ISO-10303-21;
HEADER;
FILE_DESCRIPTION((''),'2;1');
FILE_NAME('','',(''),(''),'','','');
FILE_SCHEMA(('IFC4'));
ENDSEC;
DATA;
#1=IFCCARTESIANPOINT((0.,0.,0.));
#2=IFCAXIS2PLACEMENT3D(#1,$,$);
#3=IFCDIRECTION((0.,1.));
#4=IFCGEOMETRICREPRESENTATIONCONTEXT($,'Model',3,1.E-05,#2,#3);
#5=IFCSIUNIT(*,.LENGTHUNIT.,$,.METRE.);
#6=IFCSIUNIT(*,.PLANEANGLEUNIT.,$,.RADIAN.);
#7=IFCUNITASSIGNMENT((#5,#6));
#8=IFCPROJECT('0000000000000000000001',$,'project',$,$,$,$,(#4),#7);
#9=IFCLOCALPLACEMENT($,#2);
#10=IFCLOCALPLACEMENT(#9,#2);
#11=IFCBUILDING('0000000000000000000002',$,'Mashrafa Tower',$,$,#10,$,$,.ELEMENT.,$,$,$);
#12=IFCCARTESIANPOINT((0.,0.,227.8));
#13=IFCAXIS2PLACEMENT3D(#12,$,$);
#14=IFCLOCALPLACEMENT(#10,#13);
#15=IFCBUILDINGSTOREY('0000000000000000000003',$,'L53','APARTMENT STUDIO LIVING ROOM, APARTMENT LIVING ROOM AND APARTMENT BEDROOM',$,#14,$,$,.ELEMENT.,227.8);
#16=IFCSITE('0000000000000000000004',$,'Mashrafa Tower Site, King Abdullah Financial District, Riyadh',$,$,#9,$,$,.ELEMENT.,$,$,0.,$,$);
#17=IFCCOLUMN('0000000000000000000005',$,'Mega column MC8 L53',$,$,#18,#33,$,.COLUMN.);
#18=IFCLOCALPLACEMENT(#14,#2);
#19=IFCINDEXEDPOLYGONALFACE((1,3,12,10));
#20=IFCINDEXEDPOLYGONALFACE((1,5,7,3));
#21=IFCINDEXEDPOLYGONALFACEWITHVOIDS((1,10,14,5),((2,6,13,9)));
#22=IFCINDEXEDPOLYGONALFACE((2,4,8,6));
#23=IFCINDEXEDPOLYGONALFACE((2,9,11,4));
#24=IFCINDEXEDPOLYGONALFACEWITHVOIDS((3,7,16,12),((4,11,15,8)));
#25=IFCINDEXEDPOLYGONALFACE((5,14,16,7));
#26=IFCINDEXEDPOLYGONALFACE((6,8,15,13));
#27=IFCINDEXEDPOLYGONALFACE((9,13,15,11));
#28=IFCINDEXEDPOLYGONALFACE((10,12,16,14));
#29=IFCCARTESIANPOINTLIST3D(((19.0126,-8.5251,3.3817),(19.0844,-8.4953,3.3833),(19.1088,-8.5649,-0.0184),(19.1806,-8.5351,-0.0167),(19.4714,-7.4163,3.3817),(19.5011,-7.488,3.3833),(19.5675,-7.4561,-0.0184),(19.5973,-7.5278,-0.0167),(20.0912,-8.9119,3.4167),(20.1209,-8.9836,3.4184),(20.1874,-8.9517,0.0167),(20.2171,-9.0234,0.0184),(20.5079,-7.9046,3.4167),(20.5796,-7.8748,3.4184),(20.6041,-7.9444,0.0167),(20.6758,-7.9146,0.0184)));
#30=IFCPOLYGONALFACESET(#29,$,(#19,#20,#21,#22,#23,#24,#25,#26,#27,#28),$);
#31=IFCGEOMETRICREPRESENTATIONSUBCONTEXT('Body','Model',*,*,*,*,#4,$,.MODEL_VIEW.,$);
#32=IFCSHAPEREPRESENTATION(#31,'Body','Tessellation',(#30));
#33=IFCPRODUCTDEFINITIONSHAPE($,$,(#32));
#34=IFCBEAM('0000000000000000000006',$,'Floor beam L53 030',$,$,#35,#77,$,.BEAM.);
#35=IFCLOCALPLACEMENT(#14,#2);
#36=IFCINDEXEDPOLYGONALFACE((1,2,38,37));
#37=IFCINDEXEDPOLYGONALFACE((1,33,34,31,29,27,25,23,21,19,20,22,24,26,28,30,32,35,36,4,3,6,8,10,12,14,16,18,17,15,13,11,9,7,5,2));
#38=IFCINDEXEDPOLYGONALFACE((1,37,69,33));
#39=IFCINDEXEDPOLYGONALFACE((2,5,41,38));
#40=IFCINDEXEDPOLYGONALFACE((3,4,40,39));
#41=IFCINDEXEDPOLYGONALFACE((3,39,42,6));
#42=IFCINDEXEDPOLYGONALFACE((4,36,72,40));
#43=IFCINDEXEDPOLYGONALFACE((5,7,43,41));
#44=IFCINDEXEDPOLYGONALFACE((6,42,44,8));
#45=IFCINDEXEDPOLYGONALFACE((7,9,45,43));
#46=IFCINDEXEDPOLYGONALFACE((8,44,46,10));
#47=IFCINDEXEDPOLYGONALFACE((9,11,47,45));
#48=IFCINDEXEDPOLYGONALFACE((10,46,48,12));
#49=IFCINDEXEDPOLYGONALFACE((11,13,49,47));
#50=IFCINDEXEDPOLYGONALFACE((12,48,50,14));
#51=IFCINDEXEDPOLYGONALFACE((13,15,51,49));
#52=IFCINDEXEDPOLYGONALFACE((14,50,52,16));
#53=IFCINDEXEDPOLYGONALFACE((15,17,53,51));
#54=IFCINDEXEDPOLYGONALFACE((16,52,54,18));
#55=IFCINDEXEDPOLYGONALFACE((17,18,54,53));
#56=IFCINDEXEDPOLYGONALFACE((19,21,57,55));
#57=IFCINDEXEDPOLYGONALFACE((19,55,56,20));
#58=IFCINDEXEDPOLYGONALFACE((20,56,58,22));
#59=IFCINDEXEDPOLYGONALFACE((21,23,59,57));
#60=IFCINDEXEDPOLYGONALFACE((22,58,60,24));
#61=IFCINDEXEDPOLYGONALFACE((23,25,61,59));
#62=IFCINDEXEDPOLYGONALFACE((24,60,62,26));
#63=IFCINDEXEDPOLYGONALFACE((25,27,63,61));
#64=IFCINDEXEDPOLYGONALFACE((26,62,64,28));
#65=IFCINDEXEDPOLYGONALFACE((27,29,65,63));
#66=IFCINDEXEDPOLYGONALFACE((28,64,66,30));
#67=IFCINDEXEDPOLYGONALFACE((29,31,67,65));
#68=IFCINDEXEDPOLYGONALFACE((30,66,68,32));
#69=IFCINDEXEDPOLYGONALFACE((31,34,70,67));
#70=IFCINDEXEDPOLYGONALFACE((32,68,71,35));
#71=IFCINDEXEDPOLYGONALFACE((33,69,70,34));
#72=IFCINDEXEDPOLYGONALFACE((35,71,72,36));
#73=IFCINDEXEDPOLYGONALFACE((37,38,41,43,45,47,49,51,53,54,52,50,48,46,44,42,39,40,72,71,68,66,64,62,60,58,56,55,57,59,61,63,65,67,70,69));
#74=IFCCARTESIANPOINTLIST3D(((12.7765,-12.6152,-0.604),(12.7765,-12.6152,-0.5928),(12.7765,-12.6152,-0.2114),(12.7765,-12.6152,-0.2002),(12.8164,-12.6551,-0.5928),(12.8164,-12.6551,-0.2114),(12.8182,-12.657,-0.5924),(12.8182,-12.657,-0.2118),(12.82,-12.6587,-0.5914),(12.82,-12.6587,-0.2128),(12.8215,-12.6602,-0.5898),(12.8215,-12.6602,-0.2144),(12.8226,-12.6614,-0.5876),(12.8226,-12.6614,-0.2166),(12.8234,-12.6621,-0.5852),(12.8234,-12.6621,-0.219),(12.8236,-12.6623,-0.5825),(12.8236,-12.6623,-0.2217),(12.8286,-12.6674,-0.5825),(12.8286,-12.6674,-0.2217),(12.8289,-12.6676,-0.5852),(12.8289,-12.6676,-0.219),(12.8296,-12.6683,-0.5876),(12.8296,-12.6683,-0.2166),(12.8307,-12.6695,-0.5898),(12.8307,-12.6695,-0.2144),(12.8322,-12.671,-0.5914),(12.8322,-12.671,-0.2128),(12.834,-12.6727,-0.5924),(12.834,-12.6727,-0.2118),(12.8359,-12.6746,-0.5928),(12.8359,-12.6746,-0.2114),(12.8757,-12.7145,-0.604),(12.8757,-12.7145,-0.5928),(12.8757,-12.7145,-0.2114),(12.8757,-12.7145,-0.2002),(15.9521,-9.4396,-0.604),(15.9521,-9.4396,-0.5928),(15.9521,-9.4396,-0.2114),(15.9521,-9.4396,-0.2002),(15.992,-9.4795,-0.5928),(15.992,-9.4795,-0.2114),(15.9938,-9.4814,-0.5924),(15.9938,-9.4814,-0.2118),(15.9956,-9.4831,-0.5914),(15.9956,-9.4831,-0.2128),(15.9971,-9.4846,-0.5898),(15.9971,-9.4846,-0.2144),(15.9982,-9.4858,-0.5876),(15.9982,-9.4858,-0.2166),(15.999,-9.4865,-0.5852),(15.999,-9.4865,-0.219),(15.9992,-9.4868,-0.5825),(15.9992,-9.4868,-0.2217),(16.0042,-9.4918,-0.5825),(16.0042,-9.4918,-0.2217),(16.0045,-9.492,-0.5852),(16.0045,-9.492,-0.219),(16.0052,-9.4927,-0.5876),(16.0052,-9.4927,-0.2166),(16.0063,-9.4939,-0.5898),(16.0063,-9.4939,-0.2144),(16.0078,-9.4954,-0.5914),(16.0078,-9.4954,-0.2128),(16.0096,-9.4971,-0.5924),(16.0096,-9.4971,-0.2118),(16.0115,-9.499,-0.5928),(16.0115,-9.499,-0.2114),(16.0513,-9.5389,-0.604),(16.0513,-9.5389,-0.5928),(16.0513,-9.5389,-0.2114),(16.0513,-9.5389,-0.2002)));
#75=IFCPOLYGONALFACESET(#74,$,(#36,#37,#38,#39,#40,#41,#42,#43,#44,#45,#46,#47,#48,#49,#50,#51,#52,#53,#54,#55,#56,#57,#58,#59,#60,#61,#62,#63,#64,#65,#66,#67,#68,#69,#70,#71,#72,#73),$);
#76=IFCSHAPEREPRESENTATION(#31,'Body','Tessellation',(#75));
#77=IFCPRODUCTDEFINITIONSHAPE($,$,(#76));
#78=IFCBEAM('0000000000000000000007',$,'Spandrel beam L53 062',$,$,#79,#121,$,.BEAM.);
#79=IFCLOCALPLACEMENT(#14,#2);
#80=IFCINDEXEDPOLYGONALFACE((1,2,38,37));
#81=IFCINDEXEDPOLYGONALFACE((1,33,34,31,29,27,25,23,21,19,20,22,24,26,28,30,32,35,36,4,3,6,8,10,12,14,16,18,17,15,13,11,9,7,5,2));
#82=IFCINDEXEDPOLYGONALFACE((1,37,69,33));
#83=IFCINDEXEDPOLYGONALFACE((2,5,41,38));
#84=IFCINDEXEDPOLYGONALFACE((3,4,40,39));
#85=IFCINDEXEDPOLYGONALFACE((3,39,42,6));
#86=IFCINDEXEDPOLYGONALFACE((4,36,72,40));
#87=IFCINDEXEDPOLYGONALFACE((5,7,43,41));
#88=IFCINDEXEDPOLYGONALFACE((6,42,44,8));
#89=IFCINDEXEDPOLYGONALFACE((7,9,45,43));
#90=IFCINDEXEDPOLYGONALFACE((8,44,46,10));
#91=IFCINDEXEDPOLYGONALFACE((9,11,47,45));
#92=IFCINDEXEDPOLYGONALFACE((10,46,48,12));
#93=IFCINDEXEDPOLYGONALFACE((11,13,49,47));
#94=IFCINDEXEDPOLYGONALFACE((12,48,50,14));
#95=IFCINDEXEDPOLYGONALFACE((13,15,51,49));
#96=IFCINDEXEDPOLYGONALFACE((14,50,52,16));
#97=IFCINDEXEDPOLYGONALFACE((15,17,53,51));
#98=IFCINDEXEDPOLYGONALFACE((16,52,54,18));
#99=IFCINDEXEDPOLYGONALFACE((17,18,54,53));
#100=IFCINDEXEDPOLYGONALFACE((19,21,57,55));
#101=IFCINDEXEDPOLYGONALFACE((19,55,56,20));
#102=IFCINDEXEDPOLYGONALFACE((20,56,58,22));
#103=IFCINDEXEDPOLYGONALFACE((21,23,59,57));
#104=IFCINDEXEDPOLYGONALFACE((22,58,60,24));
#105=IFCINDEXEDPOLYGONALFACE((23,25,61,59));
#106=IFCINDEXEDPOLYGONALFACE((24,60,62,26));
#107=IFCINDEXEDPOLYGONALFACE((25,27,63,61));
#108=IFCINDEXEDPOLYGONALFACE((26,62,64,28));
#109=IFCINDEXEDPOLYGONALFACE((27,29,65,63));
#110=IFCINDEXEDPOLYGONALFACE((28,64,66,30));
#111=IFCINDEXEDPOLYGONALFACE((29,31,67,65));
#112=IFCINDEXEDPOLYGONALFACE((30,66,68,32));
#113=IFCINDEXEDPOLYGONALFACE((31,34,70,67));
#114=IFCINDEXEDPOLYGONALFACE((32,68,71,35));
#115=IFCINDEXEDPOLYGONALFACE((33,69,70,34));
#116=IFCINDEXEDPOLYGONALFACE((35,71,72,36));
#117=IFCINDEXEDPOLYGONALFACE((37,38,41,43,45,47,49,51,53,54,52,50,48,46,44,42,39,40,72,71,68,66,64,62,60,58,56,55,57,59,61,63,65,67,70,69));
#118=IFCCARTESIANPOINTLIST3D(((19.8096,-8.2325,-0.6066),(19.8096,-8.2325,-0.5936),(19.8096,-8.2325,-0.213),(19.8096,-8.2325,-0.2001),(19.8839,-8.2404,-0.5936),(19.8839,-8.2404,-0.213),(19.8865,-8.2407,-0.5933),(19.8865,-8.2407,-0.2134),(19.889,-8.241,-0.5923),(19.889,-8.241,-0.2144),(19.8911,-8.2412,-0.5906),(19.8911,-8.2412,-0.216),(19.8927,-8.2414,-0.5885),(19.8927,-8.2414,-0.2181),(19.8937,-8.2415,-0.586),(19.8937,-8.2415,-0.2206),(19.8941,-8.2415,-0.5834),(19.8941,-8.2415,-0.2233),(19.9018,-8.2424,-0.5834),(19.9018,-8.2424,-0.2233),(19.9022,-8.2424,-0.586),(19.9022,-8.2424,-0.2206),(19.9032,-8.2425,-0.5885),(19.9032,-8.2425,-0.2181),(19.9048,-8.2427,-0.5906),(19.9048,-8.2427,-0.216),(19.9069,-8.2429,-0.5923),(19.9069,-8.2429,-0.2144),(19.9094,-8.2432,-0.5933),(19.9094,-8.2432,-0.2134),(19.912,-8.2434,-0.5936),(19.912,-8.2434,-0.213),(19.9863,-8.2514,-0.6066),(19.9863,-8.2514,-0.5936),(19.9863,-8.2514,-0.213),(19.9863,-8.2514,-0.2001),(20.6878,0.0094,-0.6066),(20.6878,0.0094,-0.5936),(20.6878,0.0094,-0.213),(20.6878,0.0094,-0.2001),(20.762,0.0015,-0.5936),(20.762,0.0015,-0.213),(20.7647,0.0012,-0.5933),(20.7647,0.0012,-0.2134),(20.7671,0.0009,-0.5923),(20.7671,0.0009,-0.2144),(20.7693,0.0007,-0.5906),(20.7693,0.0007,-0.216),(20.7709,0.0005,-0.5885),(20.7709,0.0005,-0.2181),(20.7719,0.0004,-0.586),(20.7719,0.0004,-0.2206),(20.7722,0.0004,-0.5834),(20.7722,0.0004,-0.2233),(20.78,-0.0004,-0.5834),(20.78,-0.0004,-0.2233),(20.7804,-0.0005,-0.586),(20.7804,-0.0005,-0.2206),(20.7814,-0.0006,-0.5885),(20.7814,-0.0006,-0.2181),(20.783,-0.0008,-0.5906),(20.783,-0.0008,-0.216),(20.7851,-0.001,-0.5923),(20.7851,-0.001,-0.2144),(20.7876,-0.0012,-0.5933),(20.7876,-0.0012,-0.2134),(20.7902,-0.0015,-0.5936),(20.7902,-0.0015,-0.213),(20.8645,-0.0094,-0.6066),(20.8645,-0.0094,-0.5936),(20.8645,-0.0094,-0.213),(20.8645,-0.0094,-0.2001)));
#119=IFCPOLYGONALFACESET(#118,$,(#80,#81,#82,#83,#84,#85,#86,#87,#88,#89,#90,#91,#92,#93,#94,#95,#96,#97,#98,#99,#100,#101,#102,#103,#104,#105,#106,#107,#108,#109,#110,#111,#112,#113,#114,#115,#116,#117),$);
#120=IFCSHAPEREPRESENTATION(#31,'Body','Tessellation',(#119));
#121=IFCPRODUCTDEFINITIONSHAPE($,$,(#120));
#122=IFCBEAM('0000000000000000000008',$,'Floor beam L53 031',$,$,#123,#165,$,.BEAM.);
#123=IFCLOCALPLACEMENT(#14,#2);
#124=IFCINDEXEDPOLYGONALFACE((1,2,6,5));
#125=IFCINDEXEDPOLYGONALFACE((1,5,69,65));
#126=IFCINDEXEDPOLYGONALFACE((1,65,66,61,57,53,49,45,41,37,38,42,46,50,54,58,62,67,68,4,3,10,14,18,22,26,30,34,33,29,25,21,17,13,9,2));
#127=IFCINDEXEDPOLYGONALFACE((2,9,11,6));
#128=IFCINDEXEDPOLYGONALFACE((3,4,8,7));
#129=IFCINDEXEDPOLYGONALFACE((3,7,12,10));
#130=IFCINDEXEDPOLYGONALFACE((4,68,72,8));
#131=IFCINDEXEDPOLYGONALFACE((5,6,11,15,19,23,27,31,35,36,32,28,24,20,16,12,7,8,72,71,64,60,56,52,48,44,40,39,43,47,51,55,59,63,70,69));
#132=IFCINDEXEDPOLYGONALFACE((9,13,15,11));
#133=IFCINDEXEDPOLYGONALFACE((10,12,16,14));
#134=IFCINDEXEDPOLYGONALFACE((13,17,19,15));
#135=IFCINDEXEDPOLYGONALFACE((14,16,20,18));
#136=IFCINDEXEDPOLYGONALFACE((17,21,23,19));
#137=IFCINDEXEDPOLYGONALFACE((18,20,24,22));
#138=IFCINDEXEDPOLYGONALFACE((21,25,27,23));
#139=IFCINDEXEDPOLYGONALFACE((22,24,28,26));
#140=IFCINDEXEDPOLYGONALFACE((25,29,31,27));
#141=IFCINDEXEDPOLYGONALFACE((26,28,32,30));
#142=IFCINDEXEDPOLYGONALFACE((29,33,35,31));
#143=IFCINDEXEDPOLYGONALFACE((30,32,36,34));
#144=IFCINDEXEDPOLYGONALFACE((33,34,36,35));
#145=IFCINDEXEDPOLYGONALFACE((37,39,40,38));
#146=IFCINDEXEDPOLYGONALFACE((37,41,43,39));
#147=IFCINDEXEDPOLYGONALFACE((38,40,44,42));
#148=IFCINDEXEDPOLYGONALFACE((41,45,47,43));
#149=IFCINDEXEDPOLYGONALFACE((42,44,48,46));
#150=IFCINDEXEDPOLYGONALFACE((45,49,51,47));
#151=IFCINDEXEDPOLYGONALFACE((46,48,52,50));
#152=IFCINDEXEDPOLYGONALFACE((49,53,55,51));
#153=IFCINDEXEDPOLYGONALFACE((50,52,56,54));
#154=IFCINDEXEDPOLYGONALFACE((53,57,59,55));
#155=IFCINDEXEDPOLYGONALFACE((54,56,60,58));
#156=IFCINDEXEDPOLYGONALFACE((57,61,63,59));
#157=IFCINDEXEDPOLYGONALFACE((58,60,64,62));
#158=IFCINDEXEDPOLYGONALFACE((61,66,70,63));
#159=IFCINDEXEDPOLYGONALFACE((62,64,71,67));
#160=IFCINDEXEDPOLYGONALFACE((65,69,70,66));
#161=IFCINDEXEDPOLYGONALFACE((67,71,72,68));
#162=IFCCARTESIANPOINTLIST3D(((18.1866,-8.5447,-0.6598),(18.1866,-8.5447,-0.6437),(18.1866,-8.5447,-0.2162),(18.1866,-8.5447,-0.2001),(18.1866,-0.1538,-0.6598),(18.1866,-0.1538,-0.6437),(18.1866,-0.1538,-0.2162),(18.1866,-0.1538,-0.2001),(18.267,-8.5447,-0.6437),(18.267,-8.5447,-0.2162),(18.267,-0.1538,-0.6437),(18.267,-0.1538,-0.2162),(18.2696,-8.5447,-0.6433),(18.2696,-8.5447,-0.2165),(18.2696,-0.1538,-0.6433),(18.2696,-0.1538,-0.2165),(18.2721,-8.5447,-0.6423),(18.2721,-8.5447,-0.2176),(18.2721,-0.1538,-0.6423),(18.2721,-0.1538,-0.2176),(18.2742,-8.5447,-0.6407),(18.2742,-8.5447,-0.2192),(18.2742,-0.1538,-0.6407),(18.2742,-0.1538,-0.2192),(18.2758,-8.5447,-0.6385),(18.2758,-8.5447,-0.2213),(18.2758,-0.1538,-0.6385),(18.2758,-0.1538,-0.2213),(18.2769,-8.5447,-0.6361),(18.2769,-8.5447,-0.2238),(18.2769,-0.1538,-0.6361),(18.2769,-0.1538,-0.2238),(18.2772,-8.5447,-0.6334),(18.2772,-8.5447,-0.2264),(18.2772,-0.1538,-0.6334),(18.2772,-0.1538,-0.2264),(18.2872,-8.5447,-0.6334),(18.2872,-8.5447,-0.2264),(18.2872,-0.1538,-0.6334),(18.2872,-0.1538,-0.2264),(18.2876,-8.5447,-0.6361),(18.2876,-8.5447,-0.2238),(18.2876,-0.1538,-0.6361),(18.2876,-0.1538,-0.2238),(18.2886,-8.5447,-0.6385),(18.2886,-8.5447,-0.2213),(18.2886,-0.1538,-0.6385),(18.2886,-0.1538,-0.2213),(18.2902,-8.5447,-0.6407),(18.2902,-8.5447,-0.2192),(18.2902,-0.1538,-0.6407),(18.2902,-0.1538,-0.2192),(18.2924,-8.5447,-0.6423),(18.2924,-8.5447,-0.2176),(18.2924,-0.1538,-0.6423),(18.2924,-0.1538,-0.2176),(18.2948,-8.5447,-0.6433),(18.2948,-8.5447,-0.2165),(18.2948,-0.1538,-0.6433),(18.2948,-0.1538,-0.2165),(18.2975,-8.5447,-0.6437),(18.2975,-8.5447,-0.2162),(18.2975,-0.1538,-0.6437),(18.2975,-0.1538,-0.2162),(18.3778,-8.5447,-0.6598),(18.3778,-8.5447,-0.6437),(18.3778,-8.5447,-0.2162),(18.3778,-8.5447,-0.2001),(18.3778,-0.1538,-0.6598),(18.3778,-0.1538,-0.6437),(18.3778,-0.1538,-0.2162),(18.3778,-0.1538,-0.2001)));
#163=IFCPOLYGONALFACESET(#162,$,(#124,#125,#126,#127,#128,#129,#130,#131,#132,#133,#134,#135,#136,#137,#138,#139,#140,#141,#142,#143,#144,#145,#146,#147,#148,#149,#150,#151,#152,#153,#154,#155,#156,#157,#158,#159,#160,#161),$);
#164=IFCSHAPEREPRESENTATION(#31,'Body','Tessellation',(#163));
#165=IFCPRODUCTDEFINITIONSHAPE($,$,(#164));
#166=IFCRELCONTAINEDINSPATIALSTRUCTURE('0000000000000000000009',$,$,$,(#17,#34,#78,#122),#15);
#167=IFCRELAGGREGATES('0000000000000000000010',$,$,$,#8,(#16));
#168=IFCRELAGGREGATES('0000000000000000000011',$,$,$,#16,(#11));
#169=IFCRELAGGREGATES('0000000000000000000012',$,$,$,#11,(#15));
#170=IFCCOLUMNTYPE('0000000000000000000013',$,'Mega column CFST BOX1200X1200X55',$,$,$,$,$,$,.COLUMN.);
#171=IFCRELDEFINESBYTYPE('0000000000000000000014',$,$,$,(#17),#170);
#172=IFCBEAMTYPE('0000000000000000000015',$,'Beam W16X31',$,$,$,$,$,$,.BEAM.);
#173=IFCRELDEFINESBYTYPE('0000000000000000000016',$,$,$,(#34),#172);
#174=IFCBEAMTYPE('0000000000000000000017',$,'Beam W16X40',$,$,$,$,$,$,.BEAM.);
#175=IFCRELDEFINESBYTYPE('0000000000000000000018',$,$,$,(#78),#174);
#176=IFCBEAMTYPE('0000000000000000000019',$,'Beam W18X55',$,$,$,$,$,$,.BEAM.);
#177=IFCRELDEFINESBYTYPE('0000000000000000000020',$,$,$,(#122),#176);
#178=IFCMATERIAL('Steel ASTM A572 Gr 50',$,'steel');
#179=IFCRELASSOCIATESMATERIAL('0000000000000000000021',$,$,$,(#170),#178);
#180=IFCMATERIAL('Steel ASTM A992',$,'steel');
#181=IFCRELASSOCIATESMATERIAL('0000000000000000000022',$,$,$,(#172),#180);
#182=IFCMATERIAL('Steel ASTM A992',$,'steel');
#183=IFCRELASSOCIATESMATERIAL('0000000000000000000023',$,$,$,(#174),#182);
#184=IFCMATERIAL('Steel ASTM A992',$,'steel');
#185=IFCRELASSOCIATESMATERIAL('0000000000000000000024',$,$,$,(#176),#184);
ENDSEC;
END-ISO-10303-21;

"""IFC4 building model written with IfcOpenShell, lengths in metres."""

from ifc_helpers import new_model, si_unit, direction, frame, origin, origin_2d, place, context, subcontext, project, spatial, hollow_rectangle, i_section, extrude, material, material_profile, profile_set, type_object, element, save


model = new_model("IFC4")

# Units and contexts
model_context = context("Model", 3, precision=1e-05, world=origin(), true_north=direction((0.0, 1.0)))
body_context = subcontext(model_context, "Body", "Model", "MODEL_VIEW")
ifc_project = project(units=[si_unit("LENGTHUNIT", "METRE"), si_unit("PLANEANGLEUNIT", "RADIAN")], contexts=[model_context])

# Site, building, storey
site_placement = place(None, origin())
site = spatial("IfcSite", under=ifc_project, at=site_placement, Name="Mashrafa Tower Site, King Abdullah Financial District, Riyadh", CompositionType="ELEMENT", RefElevation=0.0)
building_placement = place(site_placement, origin())
building = spatial("IfcBuilding", under=site, at=building_placement, Name="Mashrafa Tower", CompositionType="ELEMENT")
storey_placement = place(building_placement, frame((0.0, 0.0, 227.8)))
storey = spatial("IfcBuildingStorey", under=building, at=storey_placement, Name="L53", Description="APARTMENT STUDIO LIVING ROOM, APARTMENT LIVING ROOM AND APARTMENT BEDROOM", CompositionType="ELEMENT", Elevation=227.8)

# Column
ifc_material_1 = material(Name="Steel ASTM A572 Gr 50", Category="steel")
ifc_material_profile_1 = material_profile(ifc_material_1, hollow_rectangle(XDim=1.2, YDim=1.2, WallThickness=0.0549, at=origin_2d()), Name="BOX1200X1200X55")
ifc_profile_set_1 = profile_set([ifc_material_profile_1], Name="Steel ASTM A572 Gr 50")
column_type = type_object("IfcColumnType", Name="Mega column CFST BOX1200X1200X55", PredefinedType="COLUMN", material=ifc_profile_set_1)
column_placement = place(storey_placement, frame((19.8923, -8.2397, 0.0), z_axis=(-0.028279, 0.011699, 0.999532), x_axis=(-0.382283, -0.924045, 0.0)))
element("IfcColumn", 1, at=column_placement, inside=storey, type_object=column_type, Name="Mega column MC8 L53", PredefinedType="COLUMN", context=body_context, shape_type="SweptSolid", body=[
    extrude(hollow_rectangle(XDim=1.2, YDim=1.2, WallThickness=0.0549, at=origin_2d()), origin(), (0.0, 0.0, 1.0), 3.4016),
])

# Beams
ifc_material_2 = material(Name="Steel ASTM A992", Category="steel")
ifc_material_profile_2 = material_profile(ifc_material_2, i_section(OverallWidth=0.1404, OverallDepth=0.4038, WebThickness=0.0071, FlangeThickness=0.0112, FilletRadius=0.0103, at=origin_2d()), Name="W16X31")
ifc_profile_set_2 = profile_set([ifc_material_profile_2], Name="Steel ASTM A992")
beam_type_1 = type_object("IfcBeamType", Name="Beam W16X31", PredefinedType="BEAM", material=ifc_profile_set_2)
beam_1_placement = place(storey_placement, frame((16.0017, -9.4893, -0.4021), z_axis=(-0.707107, -0.707107, 0.0), x_axis=(0.707107, -0.707107, 0.0)))
element("IfcBeam", 2, at=beam_1_placement, inside=storey, type_object=beam_type_1, Name="Floor beam L53 030", PredefinedType="BEAM", context=body_context, shape_type="SweptSolid", body=[
    extrude(i_section(OverallWidth=0.1404, OverallDepth=0.4038, WebThickness=0.0071, FlangeThickness=0.0112, FilletRadius=0.0103, at=origin_2d()), origin(), (0.0, 0.0, 1.0), 4.491),
])
ifc_material_3 = material(Name="Steel ASTM A992", Category="steel")
ifc_material_profile_3 = material_profile(ifc_material_3, i_section(OverallWidth=0.1777, OverallDepth=0.4065, WebThickness=0.0078, FlangeThickness=0.0129, FilletRadius=0.0103, at=origin_2d()), Name="W16X40")
ifc_profile_set_3 = profile_set([ifc_material_profile_3], Name="Steel ASTM A992")
beam_type_2 = type_object("IfcBeamType", Name="Beam W16X40", PredefinedType="BEAM", material=ifc_profile_set_3)
beam_2_placement = place(storey_placement, frame((19.8979, -8.2419, -0.4033), z_axis=(0.10595, 0.994371, 0.0), x_axis=(-0.994371, 0.10595, 0.0)))
element("IfcBeam", 3, at=beam_2_placement, inside=storey, type_object=beam_type_2, Name="Spandrel beam L53 062", PredefinedType="BEAM", context=body_context, shape_type="SweptSolid", body=[
    extrude(i_section(OverallWidth=0.1777, OverallDepth=0.4065, WebThickness=0.0078, FlangeThickness=0.0129, FilletRadius=0.0103, at=origin_2d()), origin(), (0.0, 0.0, 1.0), 8.2886),
])
ifc_material_4 = material(Name="Steel ASTM A992", Category="steel")
ifc_material_profile_4 = material_profile(ifc_material_4, i_section(OverallWidth=0.1912, OverallDepth=0.4597, WebThickness=0.01, FlangeThickness=0.0161, FilletRadius=0.0103, at=origin_2d()), Name="W18X55")
ifc_profile_set_4 = profile_set([ifc_material_profile_4], Name="Steel ASTM A992")
beam_type_3 = type_object("IfcBeamType", Name="Beam W18X55", PredefinedType="BEAM", material=ifc_profile_set_4)
beam_3_placement = place(storey_placement, frame((18.2822, -0.1538, -0.4299), z_axis=(0.0, -1.0, 0.0), x_axis=(1.0, 0.0, 0.0)))
element("IfcBeam", 4, at=beam_3_placement, inside=storey, type_object=beam_type_3, Name="Floor beam L53 031", PredefinedType="BEAM", context=body_context, shape_type="SweptSolid", body=[
    extrude(i_section(OverallWidth=0.1912, OverallDepth=0.4597, WebThickness=0.01, FlangeThickness=0.0161, FilletRadius=0.0103, at=origin_2d()), origin(), (0.0, 0.0, 1.0), 8.3909),
])

save(model, "model.ifc")
